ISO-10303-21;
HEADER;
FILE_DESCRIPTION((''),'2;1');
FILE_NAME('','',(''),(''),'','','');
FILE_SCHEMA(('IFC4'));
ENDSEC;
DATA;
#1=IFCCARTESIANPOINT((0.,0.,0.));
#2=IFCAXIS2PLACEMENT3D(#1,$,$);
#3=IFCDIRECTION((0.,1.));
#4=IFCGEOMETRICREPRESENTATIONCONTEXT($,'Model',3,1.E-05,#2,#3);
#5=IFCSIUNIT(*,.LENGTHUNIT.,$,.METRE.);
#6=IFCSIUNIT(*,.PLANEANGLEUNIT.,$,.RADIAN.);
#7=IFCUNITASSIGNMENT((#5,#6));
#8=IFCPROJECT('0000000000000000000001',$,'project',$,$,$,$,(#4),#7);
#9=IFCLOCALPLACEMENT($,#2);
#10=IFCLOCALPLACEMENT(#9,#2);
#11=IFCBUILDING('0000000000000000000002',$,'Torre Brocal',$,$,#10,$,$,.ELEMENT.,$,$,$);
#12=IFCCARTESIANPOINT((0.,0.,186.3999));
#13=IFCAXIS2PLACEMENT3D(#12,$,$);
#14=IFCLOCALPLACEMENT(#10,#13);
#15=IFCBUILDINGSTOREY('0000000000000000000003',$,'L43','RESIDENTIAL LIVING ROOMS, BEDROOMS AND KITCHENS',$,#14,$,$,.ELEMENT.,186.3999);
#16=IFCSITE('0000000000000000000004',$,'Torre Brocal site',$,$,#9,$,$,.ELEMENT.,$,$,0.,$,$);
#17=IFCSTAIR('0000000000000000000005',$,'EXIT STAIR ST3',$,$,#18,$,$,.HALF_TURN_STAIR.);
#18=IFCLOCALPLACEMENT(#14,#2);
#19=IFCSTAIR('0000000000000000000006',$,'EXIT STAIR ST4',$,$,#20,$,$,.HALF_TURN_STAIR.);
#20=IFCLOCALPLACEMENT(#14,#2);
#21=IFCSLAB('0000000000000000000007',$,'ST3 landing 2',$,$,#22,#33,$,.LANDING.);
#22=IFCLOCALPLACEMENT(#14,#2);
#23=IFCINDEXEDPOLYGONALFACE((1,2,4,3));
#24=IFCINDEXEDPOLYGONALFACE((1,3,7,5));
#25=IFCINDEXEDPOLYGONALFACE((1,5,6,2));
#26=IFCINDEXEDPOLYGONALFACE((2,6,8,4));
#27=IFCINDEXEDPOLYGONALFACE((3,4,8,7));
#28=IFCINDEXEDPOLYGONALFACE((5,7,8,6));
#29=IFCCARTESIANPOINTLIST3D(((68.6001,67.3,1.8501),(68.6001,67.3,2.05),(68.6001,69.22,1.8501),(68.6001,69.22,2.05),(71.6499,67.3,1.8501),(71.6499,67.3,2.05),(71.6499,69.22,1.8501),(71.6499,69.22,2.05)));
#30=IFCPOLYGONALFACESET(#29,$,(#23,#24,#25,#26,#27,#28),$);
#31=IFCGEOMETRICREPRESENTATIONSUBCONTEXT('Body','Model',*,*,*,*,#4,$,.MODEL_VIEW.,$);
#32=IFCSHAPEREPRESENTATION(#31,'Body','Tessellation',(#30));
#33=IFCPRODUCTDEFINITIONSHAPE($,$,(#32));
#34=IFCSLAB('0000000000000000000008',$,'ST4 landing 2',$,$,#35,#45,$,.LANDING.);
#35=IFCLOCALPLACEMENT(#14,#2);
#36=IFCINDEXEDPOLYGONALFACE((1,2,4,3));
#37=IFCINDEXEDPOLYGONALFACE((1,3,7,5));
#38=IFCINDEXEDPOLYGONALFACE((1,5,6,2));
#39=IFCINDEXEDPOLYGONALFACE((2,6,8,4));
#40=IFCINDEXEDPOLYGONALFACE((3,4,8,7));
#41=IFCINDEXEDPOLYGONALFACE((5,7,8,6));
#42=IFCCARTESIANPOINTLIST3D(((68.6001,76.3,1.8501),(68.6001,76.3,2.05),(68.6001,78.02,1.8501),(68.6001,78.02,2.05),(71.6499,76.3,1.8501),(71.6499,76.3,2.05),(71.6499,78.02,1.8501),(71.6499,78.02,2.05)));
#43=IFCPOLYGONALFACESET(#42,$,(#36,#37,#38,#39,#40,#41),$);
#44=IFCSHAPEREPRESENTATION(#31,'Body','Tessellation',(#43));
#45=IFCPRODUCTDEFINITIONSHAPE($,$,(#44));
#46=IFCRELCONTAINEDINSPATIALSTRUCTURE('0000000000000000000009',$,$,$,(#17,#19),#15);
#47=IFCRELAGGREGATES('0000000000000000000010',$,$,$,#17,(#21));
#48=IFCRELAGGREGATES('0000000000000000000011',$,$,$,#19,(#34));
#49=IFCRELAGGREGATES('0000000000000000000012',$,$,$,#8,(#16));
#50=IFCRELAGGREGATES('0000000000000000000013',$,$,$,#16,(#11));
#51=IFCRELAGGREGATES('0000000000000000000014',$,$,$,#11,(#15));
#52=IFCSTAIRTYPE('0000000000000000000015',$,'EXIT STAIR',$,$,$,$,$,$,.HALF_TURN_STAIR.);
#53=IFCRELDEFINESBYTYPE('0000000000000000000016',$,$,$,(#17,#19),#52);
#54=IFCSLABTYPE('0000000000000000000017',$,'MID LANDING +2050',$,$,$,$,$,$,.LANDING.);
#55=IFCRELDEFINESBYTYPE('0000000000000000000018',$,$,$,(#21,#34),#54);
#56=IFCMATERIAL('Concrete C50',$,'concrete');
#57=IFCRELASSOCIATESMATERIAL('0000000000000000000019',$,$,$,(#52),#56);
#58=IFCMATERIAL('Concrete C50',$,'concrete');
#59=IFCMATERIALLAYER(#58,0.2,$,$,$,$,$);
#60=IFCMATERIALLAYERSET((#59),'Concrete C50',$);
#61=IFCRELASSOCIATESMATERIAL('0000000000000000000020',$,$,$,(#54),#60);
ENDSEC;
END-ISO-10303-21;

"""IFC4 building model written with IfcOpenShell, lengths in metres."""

from ifc_helpers import new_model, si_unit, direction, frame, origin, place, context, subcontext, project, spatial, polyline, outline, extrude, material, layer, layer_set, type_object, element, aggregate, save


model = new_model("IFC4")

# Units and contexts
model_context = context("Model", 3, precision=1e-05, world=origin(), true_north=direction((0.0, 1.0)))
body_context = subcontext(model_context, "Body", "Model", "MODEL_VIEW")
ifc_project = project(units=[si_unit("LENGTHUNIT", "METRE"), si_unit("PLANEANGLEUNIT", "RADIAN")], contexts=[model_context])

# Site, building, storey
site_placement = place(None, origin())
site = spatial("IfcSite", under=ifc_project, at=site_placement, Name="Torre Brocal site", CompositionType="ELEMENT", RefElevation=0.0)
building_placement = place(site_placement, origin())
building = spatial("IfcBuilding", under=site, at=building_placement, Name="Torre Brocal", CompositionType="ELEMENT")
storey_placement = place(building_placement, frame((0.0, 0.0, 186.3999)))
storey = spatial("IfcBuildingStorey", under=building, at=storey_placement, Name="L43", Description="RESIDENTIAL LIVING ROOMS, BEDROOMS AND KITCHENS", CompositionType="ELEMENT", Elevation=186.3999)

# Stairs
ifc_material_1 = material(Name="Concrete C50", Category="concrete")
stair_type = type_object("IfcStairType", Name="EXIT STAIR", PredefinedType="HALF_TURN_STAIR", material=ifc_material_1)
stair_1_placement = place(storey_placement, origin())
stair_1 = element("IfcStair", 1, at=stair_1_placement, inside=storey, type_object=stair_type, Name="EXIT STAIR ST3", PredefinedType="HALF_TURN_STAIR")
stair_2_placement = place(storey_placement, origin())
stair_2 = element("IfcStair", 2, at=stair_2_placement, inside=storey, type_object=stair_type, Name="EXIT STAIR ST4", PredefinedType="HALF_TURN_STAIR")

# Slabs
ifc_material_2 = material(Name="Concrete C50", Category="concrete")
ifc_layer_1 = layer(ifc_material_2, 0.2)
ifc_layer_set_1 = layer_set([ifc_layer_1], Name="Concrete C50")
slab_type_1 = type_object("IfcSlabType", Name="MID LANDING +2050", PredefinedType="LANDING", material=ifc_layer_set_1)
slab_1_placement = place(storey_placement, frame((0.0, 0.0, 1.8501)))
slab_1 = element("IfcSlab", 3, at=slab_1_placement, type_object=slab_type_1, Name="ST3 landing 2", PredefinedType="LANDING", context=body_context, shape_type="SweptSolid", body=[
    extrude(outline(polyline([(71.6499, 69.22), (68.6001, 69.22), (68.6001, 67.3), (71.6499, 67.3), (71.6499, 69.22)])), origin(), (0.0, 0.0, 1.0), 0.2),
])
aggregate(stair_1, [slab_1])
slab_2_placement = place(storey_placement, frame((0.0, 0.0, 1.8501)))
slab_2 = element("IfcSlab", 4, at=slab_2_placement, type_object=slab_type_1, Name="ST4 landing 2", PredefinedType="LANDING", context=body_context, shape_type="SweptSolid", body=[
    extrude(outline(polyline([(71.6499, 78.02), (68.6001, 78.02), (68.6001, 76.3), (71.6499, 76.3), (71.6499, 78.02)])), origin(), (0.0, 0.0, 1.0), 0.2),
])
aggregate(stair_2, [slab_2])

save(model, "model.ifc")
